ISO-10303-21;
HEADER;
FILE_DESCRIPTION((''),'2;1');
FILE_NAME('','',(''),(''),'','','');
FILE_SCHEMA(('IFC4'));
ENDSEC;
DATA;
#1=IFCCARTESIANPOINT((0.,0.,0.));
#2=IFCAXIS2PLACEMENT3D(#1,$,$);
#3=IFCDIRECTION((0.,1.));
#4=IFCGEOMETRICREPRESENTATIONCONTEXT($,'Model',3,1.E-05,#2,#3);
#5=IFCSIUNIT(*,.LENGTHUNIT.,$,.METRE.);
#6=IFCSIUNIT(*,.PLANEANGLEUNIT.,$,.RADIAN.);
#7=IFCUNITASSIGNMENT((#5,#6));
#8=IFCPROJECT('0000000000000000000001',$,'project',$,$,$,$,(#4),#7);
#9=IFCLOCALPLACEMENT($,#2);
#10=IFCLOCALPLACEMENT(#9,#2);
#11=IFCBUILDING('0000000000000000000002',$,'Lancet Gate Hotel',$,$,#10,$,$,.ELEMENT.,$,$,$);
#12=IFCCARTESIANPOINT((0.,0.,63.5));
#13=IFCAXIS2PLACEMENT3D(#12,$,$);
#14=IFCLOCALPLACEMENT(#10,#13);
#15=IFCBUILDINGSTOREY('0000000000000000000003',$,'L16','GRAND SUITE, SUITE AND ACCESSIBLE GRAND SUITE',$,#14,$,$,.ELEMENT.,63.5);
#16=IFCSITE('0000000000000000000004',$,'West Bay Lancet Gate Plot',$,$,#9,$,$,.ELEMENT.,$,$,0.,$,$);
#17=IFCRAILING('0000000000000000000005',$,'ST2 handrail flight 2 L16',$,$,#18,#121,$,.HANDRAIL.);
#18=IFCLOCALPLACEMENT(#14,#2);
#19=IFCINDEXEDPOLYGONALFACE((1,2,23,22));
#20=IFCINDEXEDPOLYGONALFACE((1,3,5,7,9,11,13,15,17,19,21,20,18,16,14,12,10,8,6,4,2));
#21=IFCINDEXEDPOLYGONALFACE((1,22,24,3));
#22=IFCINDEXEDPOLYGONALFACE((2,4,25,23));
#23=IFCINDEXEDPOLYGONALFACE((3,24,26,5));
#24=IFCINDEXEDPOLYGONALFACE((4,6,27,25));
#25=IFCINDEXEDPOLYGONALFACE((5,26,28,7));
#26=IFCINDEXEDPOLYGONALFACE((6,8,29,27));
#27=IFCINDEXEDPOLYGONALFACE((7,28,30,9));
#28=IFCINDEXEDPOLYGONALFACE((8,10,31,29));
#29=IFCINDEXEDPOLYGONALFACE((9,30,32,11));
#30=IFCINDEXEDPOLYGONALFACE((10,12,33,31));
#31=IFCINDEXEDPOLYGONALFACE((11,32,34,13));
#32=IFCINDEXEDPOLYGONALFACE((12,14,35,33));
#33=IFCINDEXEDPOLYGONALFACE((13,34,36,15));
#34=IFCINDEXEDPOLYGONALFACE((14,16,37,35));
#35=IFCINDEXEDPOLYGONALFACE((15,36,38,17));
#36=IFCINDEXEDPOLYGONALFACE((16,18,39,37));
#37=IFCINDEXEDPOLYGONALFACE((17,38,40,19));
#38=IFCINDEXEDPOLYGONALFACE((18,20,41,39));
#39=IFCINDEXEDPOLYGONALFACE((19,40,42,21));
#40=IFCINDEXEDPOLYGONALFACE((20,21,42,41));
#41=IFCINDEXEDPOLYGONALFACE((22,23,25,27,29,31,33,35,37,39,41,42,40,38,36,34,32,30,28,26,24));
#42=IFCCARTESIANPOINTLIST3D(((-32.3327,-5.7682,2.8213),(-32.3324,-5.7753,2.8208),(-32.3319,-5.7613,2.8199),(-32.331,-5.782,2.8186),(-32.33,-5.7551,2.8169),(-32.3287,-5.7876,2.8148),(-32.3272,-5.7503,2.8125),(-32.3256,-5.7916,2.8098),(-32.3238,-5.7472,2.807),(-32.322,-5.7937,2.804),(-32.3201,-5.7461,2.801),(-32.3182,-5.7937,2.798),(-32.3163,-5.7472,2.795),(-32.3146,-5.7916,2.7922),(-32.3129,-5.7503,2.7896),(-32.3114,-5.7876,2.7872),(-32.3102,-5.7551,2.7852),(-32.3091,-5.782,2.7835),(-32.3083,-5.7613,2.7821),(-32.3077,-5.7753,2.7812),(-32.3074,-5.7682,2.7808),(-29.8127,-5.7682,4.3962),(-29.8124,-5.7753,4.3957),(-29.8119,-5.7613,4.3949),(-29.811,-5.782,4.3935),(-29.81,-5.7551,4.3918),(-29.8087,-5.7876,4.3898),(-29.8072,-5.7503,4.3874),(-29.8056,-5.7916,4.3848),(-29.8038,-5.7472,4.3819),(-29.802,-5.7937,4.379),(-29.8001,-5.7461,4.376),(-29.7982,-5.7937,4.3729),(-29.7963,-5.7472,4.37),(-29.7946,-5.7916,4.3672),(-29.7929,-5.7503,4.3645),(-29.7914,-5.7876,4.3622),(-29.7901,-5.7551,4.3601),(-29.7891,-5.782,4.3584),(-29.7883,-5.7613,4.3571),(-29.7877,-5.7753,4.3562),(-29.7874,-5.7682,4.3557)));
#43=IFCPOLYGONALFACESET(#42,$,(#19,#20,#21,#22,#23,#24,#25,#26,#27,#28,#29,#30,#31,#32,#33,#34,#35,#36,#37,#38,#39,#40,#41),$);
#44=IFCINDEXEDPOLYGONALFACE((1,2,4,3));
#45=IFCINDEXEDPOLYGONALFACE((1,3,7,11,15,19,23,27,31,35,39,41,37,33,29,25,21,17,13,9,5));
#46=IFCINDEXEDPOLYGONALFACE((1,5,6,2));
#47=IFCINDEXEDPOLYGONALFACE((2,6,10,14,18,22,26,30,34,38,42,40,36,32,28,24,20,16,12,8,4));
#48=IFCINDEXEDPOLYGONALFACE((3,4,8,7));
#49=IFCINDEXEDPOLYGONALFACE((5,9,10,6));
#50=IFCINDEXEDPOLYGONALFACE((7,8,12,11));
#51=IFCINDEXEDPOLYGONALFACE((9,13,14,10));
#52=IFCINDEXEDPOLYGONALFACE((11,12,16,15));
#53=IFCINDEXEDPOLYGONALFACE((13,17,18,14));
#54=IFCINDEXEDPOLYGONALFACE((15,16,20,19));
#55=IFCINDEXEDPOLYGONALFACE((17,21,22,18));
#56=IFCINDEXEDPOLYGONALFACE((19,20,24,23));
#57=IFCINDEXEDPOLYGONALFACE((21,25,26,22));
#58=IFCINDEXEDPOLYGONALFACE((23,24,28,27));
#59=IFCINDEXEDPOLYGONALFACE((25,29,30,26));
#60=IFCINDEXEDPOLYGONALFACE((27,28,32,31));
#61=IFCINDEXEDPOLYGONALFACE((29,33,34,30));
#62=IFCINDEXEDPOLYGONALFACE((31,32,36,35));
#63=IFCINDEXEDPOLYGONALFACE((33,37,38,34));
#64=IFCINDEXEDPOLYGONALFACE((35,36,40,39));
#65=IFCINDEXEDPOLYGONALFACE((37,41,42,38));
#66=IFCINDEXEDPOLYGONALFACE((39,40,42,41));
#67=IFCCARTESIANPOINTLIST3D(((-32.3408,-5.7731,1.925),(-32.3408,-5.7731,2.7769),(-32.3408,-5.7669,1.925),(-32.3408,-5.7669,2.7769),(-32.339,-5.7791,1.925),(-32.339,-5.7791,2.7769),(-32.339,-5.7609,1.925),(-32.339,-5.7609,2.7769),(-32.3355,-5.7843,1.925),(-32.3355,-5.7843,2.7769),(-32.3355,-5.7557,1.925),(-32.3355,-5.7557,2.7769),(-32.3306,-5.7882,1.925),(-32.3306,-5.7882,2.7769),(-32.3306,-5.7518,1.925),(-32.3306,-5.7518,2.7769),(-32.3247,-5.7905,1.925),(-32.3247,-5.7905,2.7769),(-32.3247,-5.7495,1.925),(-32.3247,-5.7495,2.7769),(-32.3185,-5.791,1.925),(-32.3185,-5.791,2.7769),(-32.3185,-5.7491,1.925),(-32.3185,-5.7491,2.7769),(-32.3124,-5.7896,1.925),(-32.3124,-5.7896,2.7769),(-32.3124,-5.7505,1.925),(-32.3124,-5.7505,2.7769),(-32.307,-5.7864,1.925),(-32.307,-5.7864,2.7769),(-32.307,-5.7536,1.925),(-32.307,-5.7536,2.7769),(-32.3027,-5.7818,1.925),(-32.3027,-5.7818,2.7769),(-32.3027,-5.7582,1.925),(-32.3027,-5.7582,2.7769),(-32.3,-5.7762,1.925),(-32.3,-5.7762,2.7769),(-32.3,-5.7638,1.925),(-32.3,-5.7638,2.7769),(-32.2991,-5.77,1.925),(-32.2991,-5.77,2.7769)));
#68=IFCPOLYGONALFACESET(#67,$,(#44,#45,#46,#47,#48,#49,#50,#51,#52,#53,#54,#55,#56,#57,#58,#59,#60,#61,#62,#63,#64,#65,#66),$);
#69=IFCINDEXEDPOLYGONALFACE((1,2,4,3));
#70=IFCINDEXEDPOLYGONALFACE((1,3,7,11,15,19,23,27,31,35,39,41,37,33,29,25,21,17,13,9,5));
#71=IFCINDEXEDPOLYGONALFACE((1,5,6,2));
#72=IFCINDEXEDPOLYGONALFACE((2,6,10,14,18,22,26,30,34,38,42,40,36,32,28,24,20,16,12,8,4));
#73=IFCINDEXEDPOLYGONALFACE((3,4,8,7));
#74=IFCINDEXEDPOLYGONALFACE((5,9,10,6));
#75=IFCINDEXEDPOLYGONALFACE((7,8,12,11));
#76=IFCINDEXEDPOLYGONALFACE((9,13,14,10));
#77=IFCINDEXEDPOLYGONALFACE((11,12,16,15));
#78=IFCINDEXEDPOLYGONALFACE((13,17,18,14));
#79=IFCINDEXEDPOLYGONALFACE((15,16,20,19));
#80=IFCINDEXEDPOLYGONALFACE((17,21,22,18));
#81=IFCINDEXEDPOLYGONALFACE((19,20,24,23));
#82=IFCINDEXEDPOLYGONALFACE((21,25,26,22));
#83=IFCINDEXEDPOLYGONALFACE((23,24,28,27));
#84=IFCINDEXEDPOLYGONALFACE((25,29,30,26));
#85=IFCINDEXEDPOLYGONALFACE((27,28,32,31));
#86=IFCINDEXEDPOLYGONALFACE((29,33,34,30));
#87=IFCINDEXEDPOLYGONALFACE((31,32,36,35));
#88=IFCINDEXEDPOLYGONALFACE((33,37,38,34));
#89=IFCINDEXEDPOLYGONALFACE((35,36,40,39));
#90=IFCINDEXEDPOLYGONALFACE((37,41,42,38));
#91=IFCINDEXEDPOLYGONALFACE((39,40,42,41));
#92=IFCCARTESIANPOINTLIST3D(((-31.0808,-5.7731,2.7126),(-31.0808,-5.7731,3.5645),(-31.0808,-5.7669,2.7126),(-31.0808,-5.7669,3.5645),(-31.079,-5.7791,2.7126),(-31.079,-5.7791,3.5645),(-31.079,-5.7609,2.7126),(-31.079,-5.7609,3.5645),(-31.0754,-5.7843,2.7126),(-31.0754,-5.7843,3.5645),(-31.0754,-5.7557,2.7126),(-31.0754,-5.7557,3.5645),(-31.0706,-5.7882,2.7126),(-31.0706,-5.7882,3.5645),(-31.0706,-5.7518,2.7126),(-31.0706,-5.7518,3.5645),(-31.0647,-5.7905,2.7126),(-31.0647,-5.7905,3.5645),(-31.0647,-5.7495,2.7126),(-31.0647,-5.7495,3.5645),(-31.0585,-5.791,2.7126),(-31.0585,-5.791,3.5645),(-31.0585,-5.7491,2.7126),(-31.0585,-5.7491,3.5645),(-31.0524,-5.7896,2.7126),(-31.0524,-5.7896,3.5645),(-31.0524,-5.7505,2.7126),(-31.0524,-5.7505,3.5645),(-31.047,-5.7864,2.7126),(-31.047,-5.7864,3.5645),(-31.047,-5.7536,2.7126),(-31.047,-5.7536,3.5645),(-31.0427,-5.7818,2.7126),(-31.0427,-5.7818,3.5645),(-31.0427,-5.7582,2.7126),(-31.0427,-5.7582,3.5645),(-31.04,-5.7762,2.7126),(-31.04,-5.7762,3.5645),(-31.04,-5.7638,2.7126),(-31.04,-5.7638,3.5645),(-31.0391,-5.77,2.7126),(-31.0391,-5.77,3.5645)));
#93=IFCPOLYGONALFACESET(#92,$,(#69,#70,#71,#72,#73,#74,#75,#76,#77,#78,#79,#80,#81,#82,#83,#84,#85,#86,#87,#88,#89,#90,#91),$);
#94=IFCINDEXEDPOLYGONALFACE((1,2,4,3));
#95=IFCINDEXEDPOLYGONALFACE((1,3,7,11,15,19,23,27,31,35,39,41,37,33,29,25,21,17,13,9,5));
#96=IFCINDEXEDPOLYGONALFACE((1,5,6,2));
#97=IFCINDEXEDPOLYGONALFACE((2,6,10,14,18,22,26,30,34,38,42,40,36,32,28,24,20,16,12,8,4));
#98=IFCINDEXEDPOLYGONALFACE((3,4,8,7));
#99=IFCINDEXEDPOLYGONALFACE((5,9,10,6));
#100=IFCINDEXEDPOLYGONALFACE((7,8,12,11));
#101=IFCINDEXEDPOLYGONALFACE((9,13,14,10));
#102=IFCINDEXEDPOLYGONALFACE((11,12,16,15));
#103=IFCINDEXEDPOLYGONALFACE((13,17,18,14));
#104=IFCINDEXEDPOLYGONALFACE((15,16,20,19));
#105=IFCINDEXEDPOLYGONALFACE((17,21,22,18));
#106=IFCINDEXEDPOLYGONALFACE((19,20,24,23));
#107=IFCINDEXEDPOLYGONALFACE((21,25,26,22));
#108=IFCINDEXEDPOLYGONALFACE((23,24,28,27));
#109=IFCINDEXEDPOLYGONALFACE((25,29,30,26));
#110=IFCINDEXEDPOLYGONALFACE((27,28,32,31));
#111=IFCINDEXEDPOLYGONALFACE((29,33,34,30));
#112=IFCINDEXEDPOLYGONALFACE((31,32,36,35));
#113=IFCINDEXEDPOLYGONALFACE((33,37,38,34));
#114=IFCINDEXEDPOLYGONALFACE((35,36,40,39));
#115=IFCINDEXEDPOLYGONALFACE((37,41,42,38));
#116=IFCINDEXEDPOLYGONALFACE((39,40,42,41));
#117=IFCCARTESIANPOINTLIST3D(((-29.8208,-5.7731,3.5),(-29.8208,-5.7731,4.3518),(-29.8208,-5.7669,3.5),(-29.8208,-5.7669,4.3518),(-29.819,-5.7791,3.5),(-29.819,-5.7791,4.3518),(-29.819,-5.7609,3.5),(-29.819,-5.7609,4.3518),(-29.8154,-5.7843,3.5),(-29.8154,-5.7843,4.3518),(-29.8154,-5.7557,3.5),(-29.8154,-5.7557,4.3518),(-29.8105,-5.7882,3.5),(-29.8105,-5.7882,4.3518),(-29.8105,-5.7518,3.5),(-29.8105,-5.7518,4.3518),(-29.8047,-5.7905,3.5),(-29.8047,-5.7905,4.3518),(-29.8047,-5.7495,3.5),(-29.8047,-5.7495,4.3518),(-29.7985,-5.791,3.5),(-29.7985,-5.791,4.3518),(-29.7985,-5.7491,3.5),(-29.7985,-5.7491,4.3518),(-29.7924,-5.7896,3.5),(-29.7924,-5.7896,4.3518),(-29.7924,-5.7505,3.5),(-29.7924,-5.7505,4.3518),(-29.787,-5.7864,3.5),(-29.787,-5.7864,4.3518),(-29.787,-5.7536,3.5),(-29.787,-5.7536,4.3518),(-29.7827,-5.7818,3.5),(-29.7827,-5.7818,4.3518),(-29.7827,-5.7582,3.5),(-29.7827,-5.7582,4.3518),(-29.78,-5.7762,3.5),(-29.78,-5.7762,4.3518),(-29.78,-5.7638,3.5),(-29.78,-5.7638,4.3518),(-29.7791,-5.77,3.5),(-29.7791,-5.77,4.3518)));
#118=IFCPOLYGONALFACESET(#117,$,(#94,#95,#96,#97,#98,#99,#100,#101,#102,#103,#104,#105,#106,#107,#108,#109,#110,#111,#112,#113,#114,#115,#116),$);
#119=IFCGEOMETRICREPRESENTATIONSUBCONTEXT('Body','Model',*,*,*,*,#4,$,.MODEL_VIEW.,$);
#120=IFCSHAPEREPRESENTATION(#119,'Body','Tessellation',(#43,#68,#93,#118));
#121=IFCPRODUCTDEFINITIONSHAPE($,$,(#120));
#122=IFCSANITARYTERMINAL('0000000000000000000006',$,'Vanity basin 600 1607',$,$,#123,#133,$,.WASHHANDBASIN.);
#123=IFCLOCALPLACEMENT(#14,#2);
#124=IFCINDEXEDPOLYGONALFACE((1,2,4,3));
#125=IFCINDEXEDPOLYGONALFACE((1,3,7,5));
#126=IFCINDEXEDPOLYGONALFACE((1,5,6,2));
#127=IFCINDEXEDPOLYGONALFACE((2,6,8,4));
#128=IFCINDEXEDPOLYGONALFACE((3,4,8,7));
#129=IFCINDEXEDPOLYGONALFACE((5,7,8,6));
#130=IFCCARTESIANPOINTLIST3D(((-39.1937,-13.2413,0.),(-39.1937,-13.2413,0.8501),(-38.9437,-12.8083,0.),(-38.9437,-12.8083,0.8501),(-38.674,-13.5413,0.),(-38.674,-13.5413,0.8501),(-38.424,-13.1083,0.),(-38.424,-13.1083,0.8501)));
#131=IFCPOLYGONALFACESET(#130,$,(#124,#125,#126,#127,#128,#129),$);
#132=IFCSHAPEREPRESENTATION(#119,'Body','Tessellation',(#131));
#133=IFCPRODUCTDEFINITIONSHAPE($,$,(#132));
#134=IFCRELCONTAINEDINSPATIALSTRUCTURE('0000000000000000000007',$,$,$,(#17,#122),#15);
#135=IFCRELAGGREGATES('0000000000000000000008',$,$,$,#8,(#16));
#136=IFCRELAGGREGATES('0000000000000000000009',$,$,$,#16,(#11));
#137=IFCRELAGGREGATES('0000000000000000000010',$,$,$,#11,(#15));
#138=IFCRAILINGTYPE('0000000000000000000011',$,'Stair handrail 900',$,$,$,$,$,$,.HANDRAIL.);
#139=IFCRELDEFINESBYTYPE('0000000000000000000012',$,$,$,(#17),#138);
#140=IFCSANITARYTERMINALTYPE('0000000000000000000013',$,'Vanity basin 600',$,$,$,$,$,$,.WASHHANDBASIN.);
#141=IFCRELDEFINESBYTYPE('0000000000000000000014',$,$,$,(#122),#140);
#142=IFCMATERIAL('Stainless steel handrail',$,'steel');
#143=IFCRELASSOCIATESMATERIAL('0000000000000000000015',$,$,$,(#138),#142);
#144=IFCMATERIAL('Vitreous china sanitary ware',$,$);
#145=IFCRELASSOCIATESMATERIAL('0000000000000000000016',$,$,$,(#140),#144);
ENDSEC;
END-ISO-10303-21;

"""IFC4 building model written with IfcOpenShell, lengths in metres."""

from ifc_helpers import new_model, si_unit, direction, frame, origin, origin_2d, place, context, subcontext, project, spatial, rectangle, circle, extrude, material, type_object, element, save


model = new_model("IFC4")

# Units and contexts
model_context = context("Model", 3, precision=1e-05, world=origin(), true_north=direction((0.0, 1.0)))
body_context = subcontext(model_context, "Body", "Model", "MODEL_VIEW")
ifc_project = project(units=[si_unit("LENGTHUNIT", "METRE"), si_unit("PLANEANGLEUNIT", "RADIAN")], contexts=[model_context])

# Site, building, storey
site_placement = place(None, origin())
site = spatial("IfcSite", under=ifc_project, at=site_placement, Name="West Bay Lancet Gate Plot", CompositionType="ELEMENT", RefElevation=0.0)
building_placement = place(site_placement, origin())
building = spatial("IfcBuilding", under=site, at=building_placement, Name="Lancet Gate Hotel", CompositionType="ELEMENT")
storey_placement = place(building_placement, frame((0.0, 0.0, 63.5)))
storey = spatial("IfcBuildingStorey", under=building, at=storey_placement, Name="L16", Description="GRAND SUITE, SUITE AND ACCESSIBLE GRAND SUITE", CompositionType="ELEMENT", Elevation=63.5)

# Railing
ifc_material_1 = material(Name="Stainless steel handrail", Category="steel")
railing_type = type_object("IfcRailingType", Name="Stair handrail 900", PredefinedType="HANDRAIL", material=ifc_material_1)
railing_1_placement = place(storey_placement, frame((-32.3201, -5.77, 1.925)))
element("IfcRailing", 1, at=railing_1_placement, inside=storey, type_object=railing_type, Name="ST2 handrail flight 2 L16", PredefinedType="HANDRAIL", context=body_context, shape_type="SweptSolid", body=[
    extrude(circle(Radius=0.0239, at=origin_2d()), frame((0.0, 0.0, 0.876), z_axis=(0.848008, 0.0, 0.529984), x_axis=(0.0, 1.0, 0.0)), (0.0, 0.0, 1.0), 2.9717),
    extrude(circle(Radius=0.021, at=origin_2d()), origin(), (0.0, 0.0, 1.0), 0.8518),
    extrude(circle(Radius=0.021, at=origin_2d()), frame((1.26, 0.0, 0.7876)), (0.0, 0.0, 1.0), 0.8518),
    extrude(circle(Radius=0.021, at=origin_2d()), frame((2.52, 0.0, 1.575)), (0.0, 0.0, 1.0), 0.8518),
])

# Sanitary terminal
ifc_material_2 = material(Name="Vitreous china sanitary ware")
sanitary_terminal_type = type_object("IfcSanitaryTerminalType", Name="Vanity basin 600", PredefinedType="WASHHANDBASIN", material=ifc_material_2)
sanitary_terminal_placement = place(storey_placement, frame((-38.8088, -13.1748, 0.0), z_axis=(0.0, 0.0, 1.0), x_axis=(-0.866025, 0.5, 0.0)))
element("IfcSanitaryTerminal", 2, at=sanitary_terminal_placement, inside=storey, type_object=sanitary_terminal_type, Name="Vanity basin 600 1607", PredefinedType="WASHHANDBASIN", context=body_context, shape_type="SweptSolid", body=[
    extrude(rectangle(XDim=0.6001, YDim=0.5, at=origin_2d()), origin(), (0.0, 0.0, 1.0), 0.8501),
])

save(model, "model.ifc")
